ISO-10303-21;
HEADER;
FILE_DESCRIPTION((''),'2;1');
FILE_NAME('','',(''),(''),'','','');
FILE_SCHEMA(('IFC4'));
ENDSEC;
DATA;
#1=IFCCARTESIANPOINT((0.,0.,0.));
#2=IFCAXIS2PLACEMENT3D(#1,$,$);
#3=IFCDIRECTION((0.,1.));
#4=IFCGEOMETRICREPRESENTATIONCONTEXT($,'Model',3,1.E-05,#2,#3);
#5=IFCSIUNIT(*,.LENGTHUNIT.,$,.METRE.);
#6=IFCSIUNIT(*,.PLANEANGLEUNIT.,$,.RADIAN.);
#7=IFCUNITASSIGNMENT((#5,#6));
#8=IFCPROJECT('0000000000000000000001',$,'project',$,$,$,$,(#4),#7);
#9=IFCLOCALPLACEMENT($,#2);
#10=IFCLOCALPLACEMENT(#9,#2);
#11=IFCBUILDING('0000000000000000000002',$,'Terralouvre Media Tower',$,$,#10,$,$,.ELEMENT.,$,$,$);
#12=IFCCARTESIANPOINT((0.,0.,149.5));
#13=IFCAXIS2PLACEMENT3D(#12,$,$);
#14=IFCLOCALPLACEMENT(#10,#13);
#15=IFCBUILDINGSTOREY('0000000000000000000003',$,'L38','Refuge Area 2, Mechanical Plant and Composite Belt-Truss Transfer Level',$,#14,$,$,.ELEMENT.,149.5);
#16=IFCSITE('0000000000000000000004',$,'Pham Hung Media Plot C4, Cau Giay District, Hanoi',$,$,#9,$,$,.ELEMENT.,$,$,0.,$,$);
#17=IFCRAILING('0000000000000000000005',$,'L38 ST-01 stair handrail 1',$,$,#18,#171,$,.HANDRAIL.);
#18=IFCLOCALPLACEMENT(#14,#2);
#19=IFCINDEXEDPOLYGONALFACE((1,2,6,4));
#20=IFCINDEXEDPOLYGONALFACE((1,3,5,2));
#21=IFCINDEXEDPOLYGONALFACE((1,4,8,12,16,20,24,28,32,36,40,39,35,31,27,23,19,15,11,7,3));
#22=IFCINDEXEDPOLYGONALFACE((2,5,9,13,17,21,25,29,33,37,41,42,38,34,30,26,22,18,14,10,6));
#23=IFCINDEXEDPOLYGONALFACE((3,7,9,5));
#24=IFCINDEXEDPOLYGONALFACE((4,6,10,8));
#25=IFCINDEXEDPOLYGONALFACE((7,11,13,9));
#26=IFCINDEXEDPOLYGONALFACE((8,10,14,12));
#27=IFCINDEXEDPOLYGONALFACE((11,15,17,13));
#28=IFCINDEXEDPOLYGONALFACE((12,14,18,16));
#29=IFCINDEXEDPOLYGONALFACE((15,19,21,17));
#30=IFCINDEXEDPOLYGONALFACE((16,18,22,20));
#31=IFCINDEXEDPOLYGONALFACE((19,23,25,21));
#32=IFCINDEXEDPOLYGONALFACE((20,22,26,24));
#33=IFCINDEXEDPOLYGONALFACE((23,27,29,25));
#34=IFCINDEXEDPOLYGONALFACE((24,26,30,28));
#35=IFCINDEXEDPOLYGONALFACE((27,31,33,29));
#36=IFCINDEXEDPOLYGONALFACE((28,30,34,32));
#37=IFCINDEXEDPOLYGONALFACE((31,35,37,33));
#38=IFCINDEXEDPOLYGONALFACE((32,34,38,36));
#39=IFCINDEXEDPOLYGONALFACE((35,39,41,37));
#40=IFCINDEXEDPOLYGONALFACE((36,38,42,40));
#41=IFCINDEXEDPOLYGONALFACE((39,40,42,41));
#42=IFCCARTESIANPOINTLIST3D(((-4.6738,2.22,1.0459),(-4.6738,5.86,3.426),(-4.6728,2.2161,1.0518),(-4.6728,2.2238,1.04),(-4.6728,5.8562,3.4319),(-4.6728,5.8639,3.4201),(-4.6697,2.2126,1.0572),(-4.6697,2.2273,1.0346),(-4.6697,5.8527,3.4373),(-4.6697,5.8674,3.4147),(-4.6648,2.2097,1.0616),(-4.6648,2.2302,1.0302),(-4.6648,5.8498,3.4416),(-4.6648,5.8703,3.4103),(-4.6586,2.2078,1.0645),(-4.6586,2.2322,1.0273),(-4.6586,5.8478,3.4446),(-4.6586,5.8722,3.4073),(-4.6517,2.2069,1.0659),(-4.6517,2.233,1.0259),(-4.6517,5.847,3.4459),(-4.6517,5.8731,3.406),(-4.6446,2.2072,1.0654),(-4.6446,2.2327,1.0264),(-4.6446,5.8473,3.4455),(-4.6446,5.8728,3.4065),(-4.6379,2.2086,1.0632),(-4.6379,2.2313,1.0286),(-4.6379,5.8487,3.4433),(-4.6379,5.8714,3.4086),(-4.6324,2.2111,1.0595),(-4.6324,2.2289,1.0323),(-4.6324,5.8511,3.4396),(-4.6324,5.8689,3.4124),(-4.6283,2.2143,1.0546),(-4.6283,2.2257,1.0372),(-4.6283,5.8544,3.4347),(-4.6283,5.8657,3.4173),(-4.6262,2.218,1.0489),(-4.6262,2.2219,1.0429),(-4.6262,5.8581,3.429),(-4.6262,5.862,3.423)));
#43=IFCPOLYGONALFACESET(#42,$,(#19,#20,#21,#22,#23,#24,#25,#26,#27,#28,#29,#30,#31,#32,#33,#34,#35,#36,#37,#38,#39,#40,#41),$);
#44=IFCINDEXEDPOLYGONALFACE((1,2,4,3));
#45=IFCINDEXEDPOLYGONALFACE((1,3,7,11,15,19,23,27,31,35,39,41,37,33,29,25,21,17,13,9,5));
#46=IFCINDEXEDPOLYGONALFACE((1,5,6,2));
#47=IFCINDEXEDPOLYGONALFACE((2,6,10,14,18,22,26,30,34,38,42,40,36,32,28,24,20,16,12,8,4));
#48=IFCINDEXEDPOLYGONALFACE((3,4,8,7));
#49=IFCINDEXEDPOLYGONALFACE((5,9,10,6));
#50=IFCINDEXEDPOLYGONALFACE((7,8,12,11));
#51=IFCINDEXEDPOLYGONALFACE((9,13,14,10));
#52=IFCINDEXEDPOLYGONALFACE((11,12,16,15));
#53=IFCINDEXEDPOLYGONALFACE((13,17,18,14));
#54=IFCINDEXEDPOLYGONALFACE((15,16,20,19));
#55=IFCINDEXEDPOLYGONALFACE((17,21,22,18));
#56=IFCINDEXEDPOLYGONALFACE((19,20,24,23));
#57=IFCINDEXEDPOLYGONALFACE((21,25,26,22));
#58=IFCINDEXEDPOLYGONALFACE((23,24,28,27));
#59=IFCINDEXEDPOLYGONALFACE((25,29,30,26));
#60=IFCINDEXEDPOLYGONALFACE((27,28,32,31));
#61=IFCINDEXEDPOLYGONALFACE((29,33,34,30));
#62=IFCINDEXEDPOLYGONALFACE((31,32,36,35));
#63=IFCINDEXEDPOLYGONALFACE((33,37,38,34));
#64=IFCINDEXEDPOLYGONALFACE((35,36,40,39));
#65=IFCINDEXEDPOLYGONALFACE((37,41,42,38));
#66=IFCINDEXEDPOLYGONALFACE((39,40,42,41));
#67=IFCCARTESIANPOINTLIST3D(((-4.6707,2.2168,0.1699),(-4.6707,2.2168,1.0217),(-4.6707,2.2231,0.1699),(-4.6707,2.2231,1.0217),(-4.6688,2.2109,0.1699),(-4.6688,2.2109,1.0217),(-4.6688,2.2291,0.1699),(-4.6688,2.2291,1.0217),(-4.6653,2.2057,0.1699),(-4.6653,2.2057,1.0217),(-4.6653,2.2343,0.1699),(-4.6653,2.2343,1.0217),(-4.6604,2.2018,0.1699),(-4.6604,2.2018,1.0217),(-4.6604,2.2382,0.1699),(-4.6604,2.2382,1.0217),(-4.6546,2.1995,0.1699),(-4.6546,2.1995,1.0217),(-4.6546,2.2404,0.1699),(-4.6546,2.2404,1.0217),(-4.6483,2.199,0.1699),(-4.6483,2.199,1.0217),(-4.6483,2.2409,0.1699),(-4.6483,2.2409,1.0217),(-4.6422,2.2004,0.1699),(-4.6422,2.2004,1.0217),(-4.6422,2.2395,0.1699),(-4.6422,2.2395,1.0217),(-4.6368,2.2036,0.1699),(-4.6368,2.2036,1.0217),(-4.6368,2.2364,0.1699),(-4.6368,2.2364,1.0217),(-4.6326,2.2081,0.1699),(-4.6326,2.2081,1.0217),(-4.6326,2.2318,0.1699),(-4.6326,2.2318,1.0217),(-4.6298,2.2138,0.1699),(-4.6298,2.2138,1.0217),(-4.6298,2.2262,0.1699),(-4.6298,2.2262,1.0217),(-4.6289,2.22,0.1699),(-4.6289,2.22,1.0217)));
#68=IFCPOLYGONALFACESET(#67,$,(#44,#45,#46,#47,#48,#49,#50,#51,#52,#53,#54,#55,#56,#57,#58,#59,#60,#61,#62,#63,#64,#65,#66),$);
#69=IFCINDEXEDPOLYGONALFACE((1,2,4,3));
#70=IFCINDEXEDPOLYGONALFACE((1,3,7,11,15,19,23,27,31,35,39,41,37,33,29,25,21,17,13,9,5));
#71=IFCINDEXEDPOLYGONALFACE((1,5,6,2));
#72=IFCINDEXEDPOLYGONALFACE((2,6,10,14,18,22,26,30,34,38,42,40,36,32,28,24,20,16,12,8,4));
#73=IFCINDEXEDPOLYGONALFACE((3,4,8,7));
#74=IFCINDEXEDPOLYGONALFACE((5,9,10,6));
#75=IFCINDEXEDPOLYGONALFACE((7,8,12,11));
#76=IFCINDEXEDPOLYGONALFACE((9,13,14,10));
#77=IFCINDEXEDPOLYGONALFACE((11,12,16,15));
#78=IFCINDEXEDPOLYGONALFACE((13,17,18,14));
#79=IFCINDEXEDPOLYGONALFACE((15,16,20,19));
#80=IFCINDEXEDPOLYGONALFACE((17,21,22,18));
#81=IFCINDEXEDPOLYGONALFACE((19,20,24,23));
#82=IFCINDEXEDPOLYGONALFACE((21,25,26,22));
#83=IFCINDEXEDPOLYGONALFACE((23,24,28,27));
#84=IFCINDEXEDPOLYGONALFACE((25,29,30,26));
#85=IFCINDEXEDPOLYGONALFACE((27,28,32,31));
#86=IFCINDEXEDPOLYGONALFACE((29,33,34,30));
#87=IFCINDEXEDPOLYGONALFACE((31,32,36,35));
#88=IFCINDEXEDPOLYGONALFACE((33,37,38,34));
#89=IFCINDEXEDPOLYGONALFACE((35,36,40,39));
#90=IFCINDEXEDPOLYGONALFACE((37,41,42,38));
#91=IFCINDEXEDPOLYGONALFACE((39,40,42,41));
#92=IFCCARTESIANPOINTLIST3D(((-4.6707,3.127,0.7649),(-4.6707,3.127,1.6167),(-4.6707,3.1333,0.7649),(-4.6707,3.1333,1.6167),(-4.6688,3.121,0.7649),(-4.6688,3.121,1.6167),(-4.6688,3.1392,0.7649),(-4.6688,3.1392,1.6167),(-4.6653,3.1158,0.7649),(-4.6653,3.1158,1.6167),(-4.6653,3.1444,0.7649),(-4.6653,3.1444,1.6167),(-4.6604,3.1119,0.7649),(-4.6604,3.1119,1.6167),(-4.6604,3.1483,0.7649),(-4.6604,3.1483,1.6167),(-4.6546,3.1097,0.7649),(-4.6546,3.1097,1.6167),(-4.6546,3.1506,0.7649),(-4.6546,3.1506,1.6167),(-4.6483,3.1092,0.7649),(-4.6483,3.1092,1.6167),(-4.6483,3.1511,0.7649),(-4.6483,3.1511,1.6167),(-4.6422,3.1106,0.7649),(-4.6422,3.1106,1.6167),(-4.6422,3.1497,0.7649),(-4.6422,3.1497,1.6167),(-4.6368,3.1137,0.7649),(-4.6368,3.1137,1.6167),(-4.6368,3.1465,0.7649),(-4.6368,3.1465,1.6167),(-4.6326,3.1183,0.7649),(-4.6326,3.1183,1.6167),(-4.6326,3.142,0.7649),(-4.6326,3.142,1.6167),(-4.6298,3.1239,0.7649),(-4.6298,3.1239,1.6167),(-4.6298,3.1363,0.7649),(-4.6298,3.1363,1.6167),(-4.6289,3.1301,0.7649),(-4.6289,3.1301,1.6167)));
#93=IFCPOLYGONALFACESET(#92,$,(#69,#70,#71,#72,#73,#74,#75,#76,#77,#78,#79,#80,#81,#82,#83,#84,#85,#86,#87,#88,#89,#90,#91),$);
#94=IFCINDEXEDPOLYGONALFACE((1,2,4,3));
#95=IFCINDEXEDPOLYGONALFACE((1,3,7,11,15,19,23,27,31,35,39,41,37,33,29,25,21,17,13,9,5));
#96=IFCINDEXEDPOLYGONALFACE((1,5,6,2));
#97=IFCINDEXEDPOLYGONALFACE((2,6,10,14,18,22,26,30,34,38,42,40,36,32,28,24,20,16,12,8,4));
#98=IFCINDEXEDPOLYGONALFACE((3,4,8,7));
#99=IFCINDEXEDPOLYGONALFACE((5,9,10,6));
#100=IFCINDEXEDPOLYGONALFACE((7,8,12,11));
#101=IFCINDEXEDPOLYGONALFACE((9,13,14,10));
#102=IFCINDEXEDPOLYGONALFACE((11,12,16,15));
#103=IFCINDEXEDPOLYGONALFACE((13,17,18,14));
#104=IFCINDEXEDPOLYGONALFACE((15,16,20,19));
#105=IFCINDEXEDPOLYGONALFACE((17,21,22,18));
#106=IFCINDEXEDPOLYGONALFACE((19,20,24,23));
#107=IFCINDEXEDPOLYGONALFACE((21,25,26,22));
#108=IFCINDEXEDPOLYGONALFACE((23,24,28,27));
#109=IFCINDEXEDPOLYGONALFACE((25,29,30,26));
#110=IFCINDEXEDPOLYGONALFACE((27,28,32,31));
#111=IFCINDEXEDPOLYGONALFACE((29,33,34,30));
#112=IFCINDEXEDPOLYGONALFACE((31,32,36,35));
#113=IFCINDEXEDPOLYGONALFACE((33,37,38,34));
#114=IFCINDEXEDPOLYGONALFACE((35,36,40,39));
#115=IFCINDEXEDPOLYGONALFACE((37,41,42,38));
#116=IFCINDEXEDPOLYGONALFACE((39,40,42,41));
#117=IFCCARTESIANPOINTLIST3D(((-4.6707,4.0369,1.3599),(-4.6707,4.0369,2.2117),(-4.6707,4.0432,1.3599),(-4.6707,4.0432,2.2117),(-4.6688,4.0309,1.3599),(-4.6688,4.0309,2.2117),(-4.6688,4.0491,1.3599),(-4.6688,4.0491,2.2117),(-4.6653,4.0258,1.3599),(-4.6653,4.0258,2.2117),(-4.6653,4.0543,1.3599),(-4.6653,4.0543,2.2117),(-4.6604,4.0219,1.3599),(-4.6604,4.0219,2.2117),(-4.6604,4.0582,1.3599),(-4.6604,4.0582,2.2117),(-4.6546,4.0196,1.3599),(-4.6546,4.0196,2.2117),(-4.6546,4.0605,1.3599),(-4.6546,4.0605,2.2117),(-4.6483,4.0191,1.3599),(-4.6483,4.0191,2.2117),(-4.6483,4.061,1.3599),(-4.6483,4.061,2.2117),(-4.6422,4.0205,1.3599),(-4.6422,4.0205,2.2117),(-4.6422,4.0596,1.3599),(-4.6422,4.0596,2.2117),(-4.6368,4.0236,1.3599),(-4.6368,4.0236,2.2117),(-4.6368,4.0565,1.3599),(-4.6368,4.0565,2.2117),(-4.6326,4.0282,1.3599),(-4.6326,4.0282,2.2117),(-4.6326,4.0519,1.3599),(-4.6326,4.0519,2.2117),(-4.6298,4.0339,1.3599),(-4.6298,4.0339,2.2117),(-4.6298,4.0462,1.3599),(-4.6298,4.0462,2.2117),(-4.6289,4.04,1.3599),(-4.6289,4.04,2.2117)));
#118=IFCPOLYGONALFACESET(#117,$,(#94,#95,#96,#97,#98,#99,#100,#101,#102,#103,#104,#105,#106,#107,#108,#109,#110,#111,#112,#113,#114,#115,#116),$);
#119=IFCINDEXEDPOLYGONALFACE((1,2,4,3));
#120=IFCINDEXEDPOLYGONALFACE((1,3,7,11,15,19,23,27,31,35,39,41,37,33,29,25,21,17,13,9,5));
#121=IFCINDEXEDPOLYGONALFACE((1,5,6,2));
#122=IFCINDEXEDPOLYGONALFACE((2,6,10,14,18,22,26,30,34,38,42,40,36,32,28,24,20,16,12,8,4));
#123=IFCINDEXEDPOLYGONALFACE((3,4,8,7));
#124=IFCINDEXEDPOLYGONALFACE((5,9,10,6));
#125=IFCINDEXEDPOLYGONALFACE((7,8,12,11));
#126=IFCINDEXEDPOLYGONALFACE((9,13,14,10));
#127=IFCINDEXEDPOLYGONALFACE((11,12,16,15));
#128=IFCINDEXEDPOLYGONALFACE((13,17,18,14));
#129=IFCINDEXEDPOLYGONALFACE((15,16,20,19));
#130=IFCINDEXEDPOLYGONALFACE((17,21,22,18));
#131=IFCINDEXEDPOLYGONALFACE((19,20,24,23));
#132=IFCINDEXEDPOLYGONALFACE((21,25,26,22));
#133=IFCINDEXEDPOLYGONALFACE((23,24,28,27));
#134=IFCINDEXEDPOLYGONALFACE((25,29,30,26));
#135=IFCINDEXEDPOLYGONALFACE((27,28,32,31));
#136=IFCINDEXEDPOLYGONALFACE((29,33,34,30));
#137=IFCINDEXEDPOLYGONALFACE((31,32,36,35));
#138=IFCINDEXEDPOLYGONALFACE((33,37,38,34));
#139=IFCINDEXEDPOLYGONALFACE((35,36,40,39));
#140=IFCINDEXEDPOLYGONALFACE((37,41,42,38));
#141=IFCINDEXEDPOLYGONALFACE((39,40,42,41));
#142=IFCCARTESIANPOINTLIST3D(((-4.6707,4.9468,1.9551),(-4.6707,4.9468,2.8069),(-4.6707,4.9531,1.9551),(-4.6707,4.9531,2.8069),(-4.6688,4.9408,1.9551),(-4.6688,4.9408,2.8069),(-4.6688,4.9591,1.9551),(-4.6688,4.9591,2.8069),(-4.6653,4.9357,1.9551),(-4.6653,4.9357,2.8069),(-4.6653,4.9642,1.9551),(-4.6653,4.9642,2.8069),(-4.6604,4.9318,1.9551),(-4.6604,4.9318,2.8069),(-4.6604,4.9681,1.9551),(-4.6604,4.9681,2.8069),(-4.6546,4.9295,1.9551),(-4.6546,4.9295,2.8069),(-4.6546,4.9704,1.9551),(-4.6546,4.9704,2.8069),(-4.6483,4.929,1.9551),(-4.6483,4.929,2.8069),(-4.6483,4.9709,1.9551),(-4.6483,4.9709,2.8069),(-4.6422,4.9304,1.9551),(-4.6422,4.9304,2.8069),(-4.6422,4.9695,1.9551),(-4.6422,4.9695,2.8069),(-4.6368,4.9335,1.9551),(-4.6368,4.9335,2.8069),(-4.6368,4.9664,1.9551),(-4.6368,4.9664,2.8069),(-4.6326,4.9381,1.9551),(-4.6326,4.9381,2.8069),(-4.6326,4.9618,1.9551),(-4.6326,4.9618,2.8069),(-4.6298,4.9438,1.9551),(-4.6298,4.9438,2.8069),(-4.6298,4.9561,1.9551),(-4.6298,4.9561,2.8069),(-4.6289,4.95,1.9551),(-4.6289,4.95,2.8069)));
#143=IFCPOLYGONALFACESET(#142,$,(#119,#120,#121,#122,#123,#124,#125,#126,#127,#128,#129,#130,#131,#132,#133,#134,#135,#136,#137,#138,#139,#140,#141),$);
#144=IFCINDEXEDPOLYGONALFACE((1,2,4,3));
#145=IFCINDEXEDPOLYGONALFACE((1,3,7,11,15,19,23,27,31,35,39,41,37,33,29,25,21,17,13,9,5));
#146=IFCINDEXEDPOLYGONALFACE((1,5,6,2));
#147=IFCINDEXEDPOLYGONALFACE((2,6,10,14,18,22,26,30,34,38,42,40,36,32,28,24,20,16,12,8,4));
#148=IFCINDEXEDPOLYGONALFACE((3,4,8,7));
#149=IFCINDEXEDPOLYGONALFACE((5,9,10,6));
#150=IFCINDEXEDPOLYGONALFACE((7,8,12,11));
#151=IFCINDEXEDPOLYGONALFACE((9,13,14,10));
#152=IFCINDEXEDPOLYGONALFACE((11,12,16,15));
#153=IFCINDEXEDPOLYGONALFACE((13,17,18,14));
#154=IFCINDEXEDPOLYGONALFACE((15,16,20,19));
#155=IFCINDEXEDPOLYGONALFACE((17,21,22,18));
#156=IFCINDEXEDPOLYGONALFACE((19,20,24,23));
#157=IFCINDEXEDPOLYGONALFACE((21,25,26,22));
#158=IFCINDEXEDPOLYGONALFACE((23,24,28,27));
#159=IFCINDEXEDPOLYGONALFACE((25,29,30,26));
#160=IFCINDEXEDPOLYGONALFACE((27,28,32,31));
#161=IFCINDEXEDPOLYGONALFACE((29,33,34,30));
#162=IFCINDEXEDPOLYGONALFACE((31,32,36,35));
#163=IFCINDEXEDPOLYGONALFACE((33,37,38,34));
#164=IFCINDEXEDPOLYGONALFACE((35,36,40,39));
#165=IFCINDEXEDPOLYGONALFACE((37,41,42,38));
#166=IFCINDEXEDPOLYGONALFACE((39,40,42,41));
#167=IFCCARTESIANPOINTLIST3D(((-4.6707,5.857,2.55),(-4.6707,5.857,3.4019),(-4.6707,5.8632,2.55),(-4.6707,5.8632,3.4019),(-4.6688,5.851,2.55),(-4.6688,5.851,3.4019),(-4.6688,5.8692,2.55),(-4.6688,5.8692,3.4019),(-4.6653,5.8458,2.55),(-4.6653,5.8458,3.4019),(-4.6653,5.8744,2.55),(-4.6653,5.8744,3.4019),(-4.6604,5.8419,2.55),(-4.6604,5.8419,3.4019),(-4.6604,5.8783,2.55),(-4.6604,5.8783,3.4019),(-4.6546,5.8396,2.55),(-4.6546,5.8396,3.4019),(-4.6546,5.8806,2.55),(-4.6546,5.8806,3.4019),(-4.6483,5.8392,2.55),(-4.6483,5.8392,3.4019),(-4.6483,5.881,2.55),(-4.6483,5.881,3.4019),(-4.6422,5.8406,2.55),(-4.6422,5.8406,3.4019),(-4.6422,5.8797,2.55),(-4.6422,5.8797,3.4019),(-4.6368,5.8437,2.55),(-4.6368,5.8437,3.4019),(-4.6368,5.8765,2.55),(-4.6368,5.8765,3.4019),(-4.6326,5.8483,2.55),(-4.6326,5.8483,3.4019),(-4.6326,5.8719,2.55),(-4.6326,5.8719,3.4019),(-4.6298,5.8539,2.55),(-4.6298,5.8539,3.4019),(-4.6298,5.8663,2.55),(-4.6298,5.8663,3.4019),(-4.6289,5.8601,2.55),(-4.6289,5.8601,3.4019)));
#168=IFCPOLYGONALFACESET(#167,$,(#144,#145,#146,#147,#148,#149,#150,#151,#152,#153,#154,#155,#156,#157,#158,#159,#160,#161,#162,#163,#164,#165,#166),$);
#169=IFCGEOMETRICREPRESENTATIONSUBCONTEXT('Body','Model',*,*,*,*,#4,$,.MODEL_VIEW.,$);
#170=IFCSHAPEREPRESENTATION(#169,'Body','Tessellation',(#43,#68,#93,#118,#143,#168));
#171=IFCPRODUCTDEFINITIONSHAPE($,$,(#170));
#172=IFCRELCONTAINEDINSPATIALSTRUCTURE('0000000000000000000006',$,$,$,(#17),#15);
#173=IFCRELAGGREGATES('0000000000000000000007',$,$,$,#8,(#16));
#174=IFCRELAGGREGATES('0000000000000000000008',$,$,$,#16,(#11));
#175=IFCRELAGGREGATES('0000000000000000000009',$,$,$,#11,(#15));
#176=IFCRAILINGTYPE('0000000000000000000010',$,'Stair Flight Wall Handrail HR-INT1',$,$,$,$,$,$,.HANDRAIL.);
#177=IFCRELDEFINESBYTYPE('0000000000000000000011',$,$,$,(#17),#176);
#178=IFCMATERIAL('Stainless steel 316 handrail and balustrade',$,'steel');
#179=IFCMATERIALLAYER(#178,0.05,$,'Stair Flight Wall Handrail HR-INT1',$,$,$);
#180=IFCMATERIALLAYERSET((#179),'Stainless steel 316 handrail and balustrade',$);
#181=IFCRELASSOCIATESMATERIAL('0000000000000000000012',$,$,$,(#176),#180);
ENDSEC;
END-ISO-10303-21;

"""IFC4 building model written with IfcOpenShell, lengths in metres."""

from ifc_helpers import new_model, si_unit, direction, frame, origin, origin_2d, place, context, subcontext, project, spatial, circle, extrude, material, layer, layer_set, type_object, element, save


model = new_model("IFC4")

# Units and contexts
model_context = context("Model", 3, precision=1e-05, world=origin(), true_north=direction((0.0, 1.0)))
body_context = subcontext(model_context, "Body", "Model", "MODEL_VIEW")
ifc_project = project(units=[si_unit("LENGTHUNIT", "METRE"), si_unit("PLANEANGLEUNIT", "RADIAN")], contexts=[model_context])

# Site, building, storey
site_placement = place(None, origin())
site = spatial("IfcSite", under=ifc_project, at=site_placement, Name="Pham Hung Media Plot C4, Cau Giay District, Hanoi", CompositionType="ELEMENT", RefElevation=0.0)
building_placement = place(site_placement, origin())
building = spatial("IfcBuilding", under=site, at=building_placement, Name="Terralouvre Media Tower", CompositionType="ELEMENT")
storey_placement = place(building_placement, frame((0.0, 0.0, 149.5)))
storey = spatial("IfcBuildingStorey", under=building, at=storey_placement, Name="L38", Description="Refuge Area 2, Mechanical Plant and Composite Belt-Truss Transfer Level", CompositionType="ELEMENT", Elevation=149.5)

# Railing
ifc_material_1 = material(Name="Stainless steel 316 handrail and balustrade", Category="steel")
ifc_layer_1 = layer(ifc_material_1, 0.05, Name="Stair Flight Wall Handrail HR-INT1")
ifc_layer_set_1 = layer_set([ifc_layer_1], Name="Stainless steel 316 handrail and balustrade")
railing_type_1 = type_object("IfcRailingType", Name="Stair Flight Wall Handrail HR-INT1", PredefinedType="HANDRAIL", material=ifc_layer_set_1)
railing_1_placement = place(storey_placement, frame((-4.6499, 2.22, 0.1699)))
element("IfcRailing", 1, at=railing_1_placement, inside=storey, type_object=railing_type_1, Name="L38 ST-01 stair handrail 1", PredefinedType="HANDRAIL", context=body_context, shape_type="SweptSolid", body=[
    extrude(circle(Radius=0.0239, at=origin_2d()), frame((0.0, 0.0, 0.876), z_axis=(0.0, 0.836966, 0.547255), x_axis=(-1.0, 0.0, 0.0)), (0.0, 0.0, 1.0), 4.3491),
    extrude(circle(Radius=0.021, at=origin_2d()), origin(), (0.0, 0.0, 1.0), 0.8518),
    extrude(circle(Radius=0.021, at=origin_2d()), frame((0.0, 0.9102, 0.595)), (0.0, 0.0, 1.0), 0.8518),
    extrude(circle(Radius=0.021, at=origin_2d()), frame((0.0, 1.8201, 1.1899)), (0.0, 0.0, 1.0), 0.8518),
    extrude(circle(Radius=0.021, at=origin_2d()), frame((0.0, 2.73, 1.7852)), (0.0, 0.0, 1.0), 0.8518),
    extrude(circle(Radius=0.021, at=origin_2d()), frame((0.0, 3.6401, 2.3801)), (0.0, 0.0, 1.0), 0.8518),
])

save(model, "model.ifc")
